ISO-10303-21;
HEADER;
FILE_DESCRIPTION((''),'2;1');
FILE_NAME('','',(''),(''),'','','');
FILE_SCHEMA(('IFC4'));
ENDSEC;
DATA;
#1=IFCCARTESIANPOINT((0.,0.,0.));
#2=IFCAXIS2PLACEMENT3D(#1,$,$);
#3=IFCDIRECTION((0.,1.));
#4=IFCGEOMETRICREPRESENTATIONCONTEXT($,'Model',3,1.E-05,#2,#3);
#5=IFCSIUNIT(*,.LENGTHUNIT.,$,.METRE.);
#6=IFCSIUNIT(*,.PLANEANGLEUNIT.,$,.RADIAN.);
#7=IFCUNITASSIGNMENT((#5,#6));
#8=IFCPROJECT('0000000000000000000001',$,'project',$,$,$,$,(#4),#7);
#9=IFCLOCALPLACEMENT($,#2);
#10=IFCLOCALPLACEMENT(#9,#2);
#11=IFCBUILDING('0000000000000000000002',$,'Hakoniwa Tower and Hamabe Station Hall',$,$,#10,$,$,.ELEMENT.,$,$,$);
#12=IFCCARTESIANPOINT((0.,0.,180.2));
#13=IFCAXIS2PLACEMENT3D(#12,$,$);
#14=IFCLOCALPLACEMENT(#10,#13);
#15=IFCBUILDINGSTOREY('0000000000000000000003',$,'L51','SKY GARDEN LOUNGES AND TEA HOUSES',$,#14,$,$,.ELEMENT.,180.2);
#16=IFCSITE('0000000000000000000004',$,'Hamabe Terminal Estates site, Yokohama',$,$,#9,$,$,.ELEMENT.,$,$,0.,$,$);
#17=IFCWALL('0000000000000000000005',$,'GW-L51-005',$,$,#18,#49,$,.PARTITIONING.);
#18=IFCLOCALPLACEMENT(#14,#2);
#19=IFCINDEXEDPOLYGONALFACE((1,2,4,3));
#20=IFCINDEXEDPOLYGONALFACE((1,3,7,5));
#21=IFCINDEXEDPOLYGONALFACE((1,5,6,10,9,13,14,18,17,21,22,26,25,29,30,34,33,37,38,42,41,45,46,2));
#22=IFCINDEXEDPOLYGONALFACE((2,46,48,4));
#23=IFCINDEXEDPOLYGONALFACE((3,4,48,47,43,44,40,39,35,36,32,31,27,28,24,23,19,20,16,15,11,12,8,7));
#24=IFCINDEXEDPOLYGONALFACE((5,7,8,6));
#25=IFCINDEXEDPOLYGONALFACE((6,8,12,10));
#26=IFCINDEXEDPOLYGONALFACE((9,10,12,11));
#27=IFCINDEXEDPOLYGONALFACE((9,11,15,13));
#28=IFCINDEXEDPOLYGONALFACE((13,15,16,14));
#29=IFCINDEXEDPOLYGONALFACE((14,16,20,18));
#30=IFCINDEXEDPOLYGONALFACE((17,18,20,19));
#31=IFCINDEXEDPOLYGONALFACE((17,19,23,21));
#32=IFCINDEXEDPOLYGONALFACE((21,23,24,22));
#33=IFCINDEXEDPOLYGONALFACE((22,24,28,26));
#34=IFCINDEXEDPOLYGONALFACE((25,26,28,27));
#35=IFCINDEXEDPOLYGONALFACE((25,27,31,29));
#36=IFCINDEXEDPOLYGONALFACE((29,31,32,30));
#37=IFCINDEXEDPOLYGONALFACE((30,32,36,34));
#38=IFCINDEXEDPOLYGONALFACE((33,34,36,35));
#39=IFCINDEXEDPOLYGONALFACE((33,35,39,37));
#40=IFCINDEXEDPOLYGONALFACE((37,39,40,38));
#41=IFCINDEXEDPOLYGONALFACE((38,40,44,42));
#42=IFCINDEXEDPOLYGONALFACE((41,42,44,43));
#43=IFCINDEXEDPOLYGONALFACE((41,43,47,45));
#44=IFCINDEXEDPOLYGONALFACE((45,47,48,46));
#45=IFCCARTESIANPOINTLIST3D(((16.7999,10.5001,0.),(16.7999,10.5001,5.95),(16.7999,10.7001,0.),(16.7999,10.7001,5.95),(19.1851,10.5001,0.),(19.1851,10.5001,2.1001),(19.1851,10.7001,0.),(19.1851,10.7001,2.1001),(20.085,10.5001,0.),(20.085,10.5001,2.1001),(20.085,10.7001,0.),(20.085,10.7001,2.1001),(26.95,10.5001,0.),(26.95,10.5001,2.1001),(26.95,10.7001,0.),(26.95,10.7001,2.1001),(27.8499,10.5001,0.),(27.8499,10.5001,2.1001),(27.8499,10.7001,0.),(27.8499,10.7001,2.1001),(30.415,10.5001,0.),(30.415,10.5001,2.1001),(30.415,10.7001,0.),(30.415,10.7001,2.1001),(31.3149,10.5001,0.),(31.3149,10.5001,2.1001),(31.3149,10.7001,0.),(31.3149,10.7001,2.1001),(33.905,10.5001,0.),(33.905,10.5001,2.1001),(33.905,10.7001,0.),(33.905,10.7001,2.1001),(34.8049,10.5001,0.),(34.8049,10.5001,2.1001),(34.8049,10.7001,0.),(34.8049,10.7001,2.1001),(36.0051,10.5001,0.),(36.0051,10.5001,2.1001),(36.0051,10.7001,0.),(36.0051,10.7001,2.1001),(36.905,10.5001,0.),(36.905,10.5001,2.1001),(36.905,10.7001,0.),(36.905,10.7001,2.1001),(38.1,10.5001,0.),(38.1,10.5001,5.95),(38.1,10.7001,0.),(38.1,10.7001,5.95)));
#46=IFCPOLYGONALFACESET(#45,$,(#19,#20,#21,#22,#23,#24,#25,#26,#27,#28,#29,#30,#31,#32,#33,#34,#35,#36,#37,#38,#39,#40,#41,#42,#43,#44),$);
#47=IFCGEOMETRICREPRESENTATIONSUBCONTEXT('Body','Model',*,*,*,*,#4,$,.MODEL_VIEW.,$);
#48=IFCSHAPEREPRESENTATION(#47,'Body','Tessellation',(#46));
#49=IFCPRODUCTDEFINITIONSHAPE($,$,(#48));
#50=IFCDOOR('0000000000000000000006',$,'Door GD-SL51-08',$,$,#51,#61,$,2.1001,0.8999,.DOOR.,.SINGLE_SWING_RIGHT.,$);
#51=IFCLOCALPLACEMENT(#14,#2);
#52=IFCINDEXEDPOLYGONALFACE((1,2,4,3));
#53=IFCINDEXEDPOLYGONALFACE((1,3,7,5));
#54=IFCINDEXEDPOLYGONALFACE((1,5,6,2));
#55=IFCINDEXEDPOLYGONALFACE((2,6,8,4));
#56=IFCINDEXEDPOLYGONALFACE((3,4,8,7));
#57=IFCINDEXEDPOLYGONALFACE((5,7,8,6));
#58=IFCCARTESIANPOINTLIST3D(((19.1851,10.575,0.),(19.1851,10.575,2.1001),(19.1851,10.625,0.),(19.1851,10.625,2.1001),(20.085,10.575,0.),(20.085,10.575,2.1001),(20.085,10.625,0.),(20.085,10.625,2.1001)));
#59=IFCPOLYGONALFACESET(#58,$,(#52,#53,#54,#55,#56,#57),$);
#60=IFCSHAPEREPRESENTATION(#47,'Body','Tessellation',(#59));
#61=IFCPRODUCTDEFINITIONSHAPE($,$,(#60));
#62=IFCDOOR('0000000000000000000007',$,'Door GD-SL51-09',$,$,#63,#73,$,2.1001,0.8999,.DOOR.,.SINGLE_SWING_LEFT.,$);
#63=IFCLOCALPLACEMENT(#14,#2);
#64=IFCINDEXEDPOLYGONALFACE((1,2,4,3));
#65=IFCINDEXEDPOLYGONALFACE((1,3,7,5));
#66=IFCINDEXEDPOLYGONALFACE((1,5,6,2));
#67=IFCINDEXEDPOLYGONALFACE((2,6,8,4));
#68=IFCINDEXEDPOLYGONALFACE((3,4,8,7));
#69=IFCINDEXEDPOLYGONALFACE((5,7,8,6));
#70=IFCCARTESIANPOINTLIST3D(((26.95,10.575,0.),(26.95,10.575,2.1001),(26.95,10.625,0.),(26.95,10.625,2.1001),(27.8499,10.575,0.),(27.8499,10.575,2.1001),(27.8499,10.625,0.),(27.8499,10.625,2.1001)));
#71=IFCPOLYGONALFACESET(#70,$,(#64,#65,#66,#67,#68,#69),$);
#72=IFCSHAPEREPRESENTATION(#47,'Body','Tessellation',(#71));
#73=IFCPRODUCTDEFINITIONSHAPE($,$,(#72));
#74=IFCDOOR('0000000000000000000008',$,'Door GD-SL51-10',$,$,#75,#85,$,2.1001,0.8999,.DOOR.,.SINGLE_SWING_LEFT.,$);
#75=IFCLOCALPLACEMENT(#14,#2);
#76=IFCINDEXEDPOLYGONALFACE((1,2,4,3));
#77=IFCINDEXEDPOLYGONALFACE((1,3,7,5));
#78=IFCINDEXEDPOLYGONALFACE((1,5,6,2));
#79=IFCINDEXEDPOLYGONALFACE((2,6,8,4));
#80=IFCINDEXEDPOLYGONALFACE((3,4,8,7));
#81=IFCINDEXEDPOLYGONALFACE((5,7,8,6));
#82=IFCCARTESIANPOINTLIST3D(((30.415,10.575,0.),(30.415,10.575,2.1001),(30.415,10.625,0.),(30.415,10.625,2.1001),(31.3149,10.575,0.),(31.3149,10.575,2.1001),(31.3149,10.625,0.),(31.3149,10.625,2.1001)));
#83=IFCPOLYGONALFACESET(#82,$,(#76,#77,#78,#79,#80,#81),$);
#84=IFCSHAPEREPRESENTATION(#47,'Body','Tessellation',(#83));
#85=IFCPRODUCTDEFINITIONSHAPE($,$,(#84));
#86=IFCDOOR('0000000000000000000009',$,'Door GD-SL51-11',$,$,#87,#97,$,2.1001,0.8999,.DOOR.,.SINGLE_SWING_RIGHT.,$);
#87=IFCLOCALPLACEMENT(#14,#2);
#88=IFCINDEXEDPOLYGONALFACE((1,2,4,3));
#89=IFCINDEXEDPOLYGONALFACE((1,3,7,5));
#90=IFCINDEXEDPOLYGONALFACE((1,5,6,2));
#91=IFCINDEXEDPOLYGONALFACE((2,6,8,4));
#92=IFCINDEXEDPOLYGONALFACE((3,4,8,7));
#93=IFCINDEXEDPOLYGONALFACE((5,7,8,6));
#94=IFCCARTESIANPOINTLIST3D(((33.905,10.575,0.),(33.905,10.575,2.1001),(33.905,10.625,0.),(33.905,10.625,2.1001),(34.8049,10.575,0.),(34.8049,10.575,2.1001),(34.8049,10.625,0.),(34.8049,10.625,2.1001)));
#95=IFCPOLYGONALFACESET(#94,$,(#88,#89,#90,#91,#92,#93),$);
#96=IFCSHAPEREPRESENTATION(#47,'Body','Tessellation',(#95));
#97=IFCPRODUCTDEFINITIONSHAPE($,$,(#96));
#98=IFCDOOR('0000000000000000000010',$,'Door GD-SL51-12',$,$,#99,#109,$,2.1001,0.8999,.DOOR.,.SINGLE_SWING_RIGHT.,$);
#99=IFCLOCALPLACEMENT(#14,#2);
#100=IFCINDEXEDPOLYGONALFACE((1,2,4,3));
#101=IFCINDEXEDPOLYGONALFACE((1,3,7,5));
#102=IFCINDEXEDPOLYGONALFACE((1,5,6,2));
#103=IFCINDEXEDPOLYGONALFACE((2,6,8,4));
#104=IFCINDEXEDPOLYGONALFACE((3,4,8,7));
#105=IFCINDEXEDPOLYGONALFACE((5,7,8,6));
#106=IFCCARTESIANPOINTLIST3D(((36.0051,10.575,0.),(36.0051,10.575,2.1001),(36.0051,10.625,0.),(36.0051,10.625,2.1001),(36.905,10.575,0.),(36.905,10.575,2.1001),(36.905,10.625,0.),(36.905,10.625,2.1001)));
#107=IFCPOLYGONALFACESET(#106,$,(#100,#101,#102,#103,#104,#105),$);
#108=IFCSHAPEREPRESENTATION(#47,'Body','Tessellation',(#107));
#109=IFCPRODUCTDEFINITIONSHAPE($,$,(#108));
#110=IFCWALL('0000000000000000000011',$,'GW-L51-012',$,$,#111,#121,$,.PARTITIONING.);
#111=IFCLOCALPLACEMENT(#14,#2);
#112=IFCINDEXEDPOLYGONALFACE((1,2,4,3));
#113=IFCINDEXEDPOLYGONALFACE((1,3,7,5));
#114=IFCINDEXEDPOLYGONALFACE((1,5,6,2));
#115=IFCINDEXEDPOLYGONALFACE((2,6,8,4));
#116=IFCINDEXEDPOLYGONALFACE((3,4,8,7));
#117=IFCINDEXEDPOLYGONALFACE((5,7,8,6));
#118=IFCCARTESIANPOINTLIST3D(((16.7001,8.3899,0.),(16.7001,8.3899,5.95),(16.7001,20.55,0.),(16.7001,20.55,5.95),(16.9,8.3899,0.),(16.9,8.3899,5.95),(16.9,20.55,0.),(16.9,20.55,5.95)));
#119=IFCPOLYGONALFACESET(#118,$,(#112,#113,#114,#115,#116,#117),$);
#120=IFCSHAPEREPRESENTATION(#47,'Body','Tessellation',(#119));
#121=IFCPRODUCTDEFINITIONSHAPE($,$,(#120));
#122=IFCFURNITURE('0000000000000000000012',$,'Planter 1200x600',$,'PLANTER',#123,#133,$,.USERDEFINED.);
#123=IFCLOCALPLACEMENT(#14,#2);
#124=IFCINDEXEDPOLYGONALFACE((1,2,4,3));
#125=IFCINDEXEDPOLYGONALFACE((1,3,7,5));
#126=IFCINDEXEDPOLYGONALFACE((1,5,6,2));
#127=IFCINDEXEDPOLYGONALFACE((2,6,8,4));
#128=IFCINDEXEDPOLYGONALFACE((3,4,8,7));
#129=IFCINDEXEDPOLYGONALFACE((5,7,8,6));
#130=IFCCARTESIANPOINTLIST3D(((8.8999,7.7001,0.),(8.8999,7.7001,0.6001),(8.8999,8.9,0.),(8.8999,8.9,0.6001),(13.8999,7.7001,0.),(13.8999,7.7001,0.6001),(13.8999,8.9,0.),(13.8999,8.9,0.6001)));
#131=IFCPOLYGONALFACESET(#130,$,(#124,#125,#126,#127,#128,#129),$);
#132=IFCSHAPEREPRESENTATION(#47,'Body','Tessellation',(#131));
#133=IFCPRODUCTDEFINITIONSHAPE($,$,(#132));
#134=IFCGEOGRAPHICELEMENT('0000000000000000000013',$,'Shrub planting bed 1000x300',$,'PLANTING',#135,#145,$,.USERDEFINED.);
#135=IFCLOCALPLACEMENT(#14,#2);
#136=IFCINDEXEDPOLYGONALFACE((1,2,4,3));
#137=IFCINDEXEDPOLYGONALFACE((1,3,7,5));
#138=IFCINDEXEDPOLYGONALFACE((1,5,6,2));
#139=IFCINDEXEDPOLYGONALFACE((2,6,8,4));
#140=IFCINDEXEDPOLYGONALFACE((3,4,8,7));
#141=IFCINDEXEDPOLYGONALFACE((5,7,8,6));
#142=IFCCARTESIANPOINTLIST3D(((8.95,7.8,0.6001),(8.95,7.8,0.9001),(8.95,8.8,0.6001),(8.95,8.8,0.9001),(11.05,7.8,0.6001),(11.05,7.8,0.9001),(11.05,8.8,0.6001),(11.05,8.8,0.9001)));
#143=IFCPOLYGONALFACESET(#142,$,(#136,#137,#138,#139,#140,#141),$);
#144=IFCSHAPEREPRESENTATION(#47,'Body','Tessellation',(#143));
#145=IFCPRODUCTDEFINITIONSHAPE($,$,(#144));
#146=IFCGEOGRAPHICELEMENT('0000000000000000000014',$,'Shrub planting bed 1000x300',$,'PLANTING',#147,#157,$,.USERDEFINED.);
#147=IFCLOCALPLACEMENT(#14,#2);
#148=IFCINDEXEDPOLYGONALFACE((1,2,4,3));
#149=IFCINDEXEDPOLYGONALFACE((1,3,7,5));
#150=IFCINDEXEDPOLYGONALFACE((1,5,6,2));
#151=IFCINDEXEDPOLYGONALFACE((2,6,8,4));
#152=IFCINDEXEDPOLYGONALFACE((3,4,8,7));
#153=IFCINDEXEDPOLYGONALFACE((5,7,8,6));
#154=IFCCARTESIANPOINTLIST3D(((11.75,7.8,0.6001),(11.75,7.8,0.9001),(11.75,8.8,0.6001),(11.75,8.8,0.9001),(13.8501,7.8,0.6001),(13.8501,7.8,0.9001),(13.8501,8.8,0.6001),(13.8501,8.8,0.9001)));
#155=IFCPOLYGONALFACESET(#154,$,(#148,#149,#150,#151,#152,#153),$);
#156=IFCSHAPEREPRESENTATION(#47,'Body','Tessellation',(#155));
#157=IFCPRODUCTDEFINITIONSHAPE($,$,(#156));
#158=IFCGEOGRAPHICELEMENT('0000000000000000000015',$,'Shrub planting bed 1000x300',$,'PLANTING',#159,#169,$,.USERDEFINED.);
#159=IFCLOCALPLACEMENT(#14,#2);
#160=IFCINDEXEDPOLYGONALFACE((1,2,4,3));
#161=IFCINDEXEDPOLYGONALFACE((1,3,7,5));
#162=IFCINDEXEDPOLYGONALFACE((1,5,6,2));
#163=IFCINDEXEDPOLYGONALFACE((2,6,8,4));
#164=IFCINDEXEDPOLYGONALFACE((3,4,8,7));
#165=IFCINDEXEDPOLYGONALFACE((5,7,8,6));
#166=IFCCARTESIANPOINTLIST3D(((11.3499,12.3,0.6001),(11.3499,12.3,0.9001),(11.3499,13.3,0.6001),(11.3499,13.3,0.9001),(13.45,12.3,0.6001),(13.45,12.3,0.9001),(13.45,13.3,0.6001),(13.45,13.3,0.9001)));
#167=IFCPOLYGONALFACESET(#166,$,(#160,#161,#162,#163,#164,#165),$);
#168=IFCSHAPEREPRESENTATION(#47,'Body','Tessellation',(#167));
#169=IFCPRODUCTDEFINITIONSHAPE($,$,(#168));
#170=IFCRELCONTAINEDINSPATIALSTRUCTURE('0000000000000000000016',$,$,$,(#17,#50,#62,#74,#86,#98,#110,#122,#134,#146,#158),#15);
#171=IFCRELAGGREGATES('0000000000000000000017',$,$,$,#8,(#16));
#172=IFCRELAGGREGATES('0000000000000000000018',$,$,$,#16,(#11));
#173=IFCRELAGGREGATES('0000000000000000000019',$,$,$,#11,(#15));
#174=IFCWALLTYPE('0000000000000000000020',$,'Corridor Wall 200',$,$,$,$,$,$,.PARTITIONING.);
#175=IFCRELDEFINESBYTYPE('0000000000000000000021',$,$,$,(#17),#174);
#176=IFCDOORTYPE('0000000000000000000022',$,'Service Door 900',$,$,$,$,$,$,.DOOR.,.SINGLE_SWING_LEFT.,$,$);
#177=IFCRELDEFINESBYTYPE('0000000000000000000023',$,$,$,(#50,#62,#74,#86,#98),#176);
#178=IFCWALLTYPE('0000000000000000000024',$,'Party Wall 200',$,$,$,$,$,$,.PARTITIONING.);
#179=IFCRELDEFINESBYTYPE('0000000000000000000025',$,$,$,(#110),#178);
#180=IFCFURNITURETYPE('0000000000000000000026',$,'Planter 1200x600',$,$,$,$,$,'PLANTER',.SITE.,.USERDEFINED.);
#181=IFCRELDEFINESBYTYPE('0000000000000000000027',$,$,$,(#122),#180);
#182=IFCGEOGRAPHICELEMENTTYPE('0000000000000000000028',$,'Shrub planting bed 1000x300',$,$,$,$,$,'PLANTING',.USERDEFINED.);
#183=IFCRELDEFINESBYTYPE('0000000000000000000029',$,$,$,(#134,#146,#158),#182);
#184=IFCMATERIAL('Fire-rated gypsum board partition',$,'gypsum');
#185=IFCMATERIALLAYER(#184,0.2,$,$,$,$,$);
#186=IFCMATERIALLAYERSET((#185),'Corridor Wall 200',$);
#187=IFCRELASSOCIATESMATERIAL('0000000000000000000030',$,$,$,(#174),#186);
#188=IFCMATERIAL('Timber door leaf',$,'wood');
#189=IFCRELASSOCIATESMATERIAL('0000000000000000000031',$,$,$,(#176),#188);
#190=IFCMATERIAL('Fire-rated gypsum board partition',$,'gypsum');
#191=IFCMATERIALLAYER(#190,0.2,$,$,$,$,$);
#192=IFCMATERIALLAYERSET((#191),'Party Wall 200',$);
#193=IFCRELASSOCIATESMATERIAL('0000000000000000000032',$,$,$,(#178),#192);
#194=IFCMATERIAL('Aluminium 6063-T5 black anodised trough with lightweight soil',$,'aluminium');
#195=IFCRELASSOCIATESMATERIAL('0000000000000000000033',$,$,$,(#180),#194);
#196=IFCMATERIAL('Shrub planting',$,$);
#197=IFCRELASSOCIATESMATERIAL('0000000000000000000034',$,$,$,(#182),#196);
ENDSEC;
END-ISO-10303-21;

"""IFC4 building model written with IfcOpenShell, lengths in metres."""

from ifc_helpers import new_model, si_unit, direction, frame, frame_2d, origin, origin_2d, place, context, subcontext, project, spatial, rectangle, extrude, material, layer, layer_set, type_object, element, fill, save


model = new_model("IFC4")

# Units and contexts
model_context = context("Model", 3, precision=1e-05, world=origin(), true_north=direction((0.0, 1.0)))
body_context = subcontext(model_context, "Body", "Model", "MODEL_VIEW")
ifc_project = project(units=[si_unit("LENGTHUNIT", "METRE"), si_unit("PLANEANGLEUNIT", "RADIAN")], contexts=[model_context])

# Site, building, storey
site_placement = place(None, origin())
site = spatial("IfcSite", under=ifc_project, at=site_placement, Name="Hamabe Terminal Estates site, Yokohama", CompositionType="ELEMENT", RefElevation=0.0)
building_placement = place(site_placement, origin())
building = spatial("IfcBuilding", under=site, at=building_placement, Name="Hakoniwa Tower and Hamabe Station Hall", CompositionType="ELEMENT")
storey_placement = place(building_placement, frame((0.0, 0.0, 180.2)))
storey = spatial("IfcBuildingStorey", under=building, at=storey_placement, Name="L51", Description="SKY GARDEN LOUNGES AND TEA HOUSES", CompositionType="ELEMENT", Elevation=180.2)

# Wall, openings, doors
ifc_material_1 = material(Name="Fire-rated gypsum board partition", Category="gypsum")
ifc_layer_1 = layer(ifc_material_1, 0.2)
ifc_layer_set_1 = layer_set([ifc_layer_1], Name="Corridor Wall 200")
wall_type_1 = type_object("IfcWallType", Name="Corridor Wall 200", PredefinedType="PARTITIONING", material=ifc_layer_set_1)
wall_1_placement = place(storey_placement, frame((16.8, 10.6001, 0.0), z_axis=(0.0, 0.0, 1.0), x_axis=(1.0, 0.0, 0.0)))
wall_1 = element("IfcWall", 1, at=wall_1_placement, inside=storey, type_object=wall_type_1, Name="GW-L51-005", PredefinedType="PARTITIONING", context=body_context, shape_type="SweptSolid", body=[
    extrude(rectangle(XDim=21.3, YDim=0.2, at=frame_2d((10.6499, 0.0))), origin(), (0.0, 0.0, 1.0), 5.95),
])
opening_1_placement = place(wall_1_placement, frame((2.385, 0.0, 0.0)))
opening_1 = element("IfcOpeningElement", 2, at=opening_1_placement, cuts=wall_1, PredefinedType="OPENING", context=body_context, shape_type="SweptSolid", body=[
    extrude(rectangle(XDim=0.8999, YDim=2.1001, at=frame_2d((0.45, 1.05))), frame((0.0, 0.1099, 0.0), z_axis=(0.0, -1.0, 0.0), x_axis=(1.0, 0.0, 0.0)), (0.0, 0.0, 1.0), 0.22),
])
opening_2_placement = place(wall_1_placement, frame((10.1499, 0.0, 0.0)))
opening_2 = element("IfcOpeningElement", 3, at=opening_2_placement, cuts=wall_1, PredefinedType="OPENING", context=body_context, shape_type="SweptSolid", body=[
    extrude(rectangle(XDim=0.8999, YDim=2.1001, at=frame_2d((0.45, 1.05))), frame((0.0, 0.1099, 0.0), z_axis=(0.0, -1.0, 0.0), x_axis=(1.0, 0.0, 0.0)), (0.0, 0.0, 1.0), 0.22),
])
opening_3_placement = place(wall_1_placement, frame((13.615, 0.0, 0.0)))
opening_3 = element("IfcOpeningElement", 4, at=opening_3_placement, cuts=wall_1, PredefinedType="OPENING", context=body_context, shape_type="SweptSolid", body=[
    extrude(rectangle(XDim=0.8999, YDim=2.1001, at=frame_2d((0.45, 1.05))), frame((0.0, 0.1099, 0.0), z_axis=(0.0, -1.0, 0.0), x_axis=(1.0, 0.0, 0.0)), (0.0, 0.0, 1.0), 0.22),
])
opening_4_placement = place(wall_1_placement, frame((17.105, 0.0, 0.0)))
opening_4 = element("IfcOpeningElement", 5, at=opening_4_placement, cuts=wall_1, PredefinedType="OPENING", context=body_context, shape_type="SweptSolid", body=[
    extrude(rectangle(XDim=0.8999, YDim=2.1001, at=frame_2d((0.45, 1.05))), frame((0.0, 0.1099, 0.0), z_axis=(0.0, -1.0, 0.0), x_axis=(1.0, 0.0, 0.0)), (0.0, 0.0, 1.0), 0.22),
])
opening_5_placement = place(wall_1_placement, frame((19.2051, 0.0, 0.0)))
opening_5 = element("IfcOpeningElement", 6, at=opening_5_placement, cuts=wall_1, PredefinedType="OPENING", context=body_context, shape_type="SweptSolid", body=[
    extrude(rectangle(XDim=0.8999, YDim=2.1001, at=frame_2d((0.45, 1.05))), frame((0.0, 0.1099, 0.0), z_axis=(0.0, -1.0, 0.0), x_axis=(1.0, 0.0, 0.0)), (0.0, 0.0, 1.0), 0.22),
])
ifc_material_2 = material(Name="Timber door leaf", Category="wood")
door_type_1 = type_object("IfcDoorType", Name="Service Door 900", OperationType="SINGLE_SWING_LEFT", PredefinedType="DOOR", material=ifc_material_2)
door_1_placement = place(opening_1_placement, origin())
door_1 = element("IfcDoor", 7, at=door_1_placement, inside=storey, type_object=door_type_1, Name="Door GD-SL51-08", OperationType="SINGLE_SWING_RIGHT", OverallHeight=2.1001, OverallWidth=0.8999, PredefinedType="DOOR", context=body_context, shape_type="SweptSolid", body=[
    extrude(rectangle(XDim=0.8999, YDim=2.1001, at=frame_2d((0.45, 1.05))), frame((0.0, 0.0249, 0.0), z_axis=(0.0, -1.0, 0.0), x_axis=(1.0, 0.0, 0.0)), (0.0, 0.0, 1.0), 0.05),
])
fill(opening_1, door_1)
door_2_placement = place(opening_2_placement, origin())
door_2 = element("IfcDoor", 8, at=door_2_placement, inside=storey, type_object=door_type_1, Name="Door GD-SL51-09", OperationType="SINGLE_SWING_LEFT", OverallHeight=2.1001, OverallWidth=0.8999, PredefinedType="DOOR", context=body_context, shape_type="SweptSolid", body=[
    extrude(rectangle(XDim=0.8999, YDim=2.1001, at=frame_2d((0.45, 1.05))), frame((0.0, 0.0249, 0.0), z_axis=(0.0, -1.0, 0.0), x_axis=(1.0, 0.0, 0.0)), (0.0, 0.0, 1.0), 0.05),
])
fill(opening_2, door_2)
door_3_placement = place(opening_3_placement, origin())
door_3 = element("IfcDoor", 9, at=door_3_placement, inside=storey, type_object=door_type_1, Name="Door GD-SL51-10", OperationType="SINGLE_SWING_LEFT", OverallHeight=2.1001, OverallWidth=0.8999, PredefinedType="DOOR", context=body_context, shape_type="SweptSolid", body=[
    extrude(rectangle(XDim=0.8999, YDim=2.1001, at=frame_2d((0.45, 1.05))), frame((0.0, 0.0249, 0.0), z_axis=(0.0, -1.0, 0.0), x_axis=(1.0, 0.0, 0.0)), (0.0, 0.0, 1.0), 0.05),
])
fill(opening_3, door_3)
door_4_placement = place(opening_4_placement, origin())
door_4 = element("IfcDoor", 10, at=door_4_placement, inside=storey, type_object=door_type_1, Name="Door GD-SL51-11", OperationType="SINGLE_SWING_RIGHT", OverallHeight=2.1001, OverallWidth=0.8999, PredefinedType="DOOR", context=body_context, shape_type="SweptSolid", body=[
    extrude(rectangle(XDim=0.8999, YDim=2.1001, at=frame_2d((0.45, 1.05))), frame((0.0, 0.0249, 0.0), z_axis=(0.0, -1.0, 0.0), x_axis=(1.0, 0.0, 0.0)), (0.0, 0.0, 1.0), 0.05),
])
fill(opening_4, door_4)
door_5_placement = place(opening_5_placement, origin())
door_5 = element("IfcDoor", 11, at=door_5_placement, inside=storey, type_object=door_type_1, Name="Door GD-SL51-12", OperationType="SINGLE_SWING_RIGHT", OverallHeight=2.1001, OverallWidth=0.8999, PredefinedType="DOOR", context=body_context, shape_type="SweptSolid", body=[
    extrude(rectangle(XDim=0.8999, YDim=2.1001, at=frame_2d((0.45, 1.05))), frame((0.0, 0.0249, 0.0), z_axis=(0.0, -1.0, 0.0), x_axis=(1.0, 0.0, 0.0)), (0.0, 0.0, 1.0), 0.05),
])
fill(opening_5, door_5)

# Wall
ifc_material_3 = material(Name="Fire-rated gypsum board partition", Category="gypsum")
ifc_layer_2 = layer(ifc_material_3, 0.2)
ifc_layer_set_2 = layer_set([ifc_layer_2], Name="Party Wall 200")
wall_type_2 = type_object("IfcWallType", Name="Party Wall 200", PredefinedType="PARTITIONING", material=ifc_layer_set_2)
wall_2_placement = place(storey_placement, frame((16.8, 8.3899, 0.0), z_axis=(0.0, 0.0, 1.0), x_axis=(0.0, 1.0, 0.0)))
element("IfcWall", 12, at=wall_2_placement, inside=storey, type_object=wall_type_2, Name="GW-L51-012", PredefinedType="PARTITIONING", context=body_context, shape_type="SweptSolid", body=[
    extrude(rectangle(XDim=12.1602, YDim=0.2, at=frame_2d((6.0801, 0.0))), origin(), (0.0, 0.0, 1.0), 5.95),
])

# Furniture
ifc_material_4 = material(Name="Aluminium 6063-T5 black anodised trough with lightweight soil", Category="aluminium")
furniture_type = type_object("IfcFurnitureType", Name="Planter 1200x600", ElementType="PLANTER", AssemblyPlace="SITE", PredefinedType="USERDEFINED", material=ifc_material_4)
furniture_placement = place(storey_placement, frame((11.3999, 8.3, 0.0), z_axis=(0.0, 0.0, 1.0), x_axis=(1.0, 0.0, 0.0)))
element("IfcFurniture", 13, at=furniture_placement, inside=storey, type_object=furniture_type, Name="Planter 1200x600", ObjectType="PLANTER", PredefinedType="USERDEFINED", context=body_context, shape_type="SweptSolid", body=[
    extrude(rectangle(XDim=5.0, YDim=1.2, at=origin_2d()), origin(), (0.0, 0.0, 1.0), 0.6001),
])

# Geographic elements
ifc_material_5 = material(Name="Shrub planting")
geographic_element_type = type_object("IfcGeographicElementType", Name="Shrub planting bed 1000x300", ElementType="PLANTING", PredefinedType="USERDEFINED", material=ifc_material_5)
for number, where, z_axis, x_axis, name in (
    (14, (10.0, 8.3, 0.6001), (0.0, 0.0, 1.0), (1.0, 0.0, 0.0), "Shrub planting bed 1000x300"),
    (15, (12.8, 8.3, 0.6001), (0.0, 0.0, 1.0), (1.0, 0.0, 0.0), "Shrub planting bed 1000x300"),
    (16, (12.3999, 12.8, 0.6001), (0.0, 0.0, 1.0), (1.0, 0.0, 0.0), "Shrub planting bed 1000x300"),
):
    element("IfcGeographicElement", number, at=place(storey_placement, frame(where, z_axis=z_axis, x_axis=x_axis)), inside=storey, type_object=geographic_element_type, Name=name, ObjectType="PLANTING", PredefinedType="USERDEFINED", context=body_context, shape_type="SweptSolid", body=[
        extrude(rectangle(XDim=2.1001, YDim=1.0, at=origin_2d()), origin(), (0.0, 0.0, 1.0), 0.3),
    ])

save(model, "model.ifc")
